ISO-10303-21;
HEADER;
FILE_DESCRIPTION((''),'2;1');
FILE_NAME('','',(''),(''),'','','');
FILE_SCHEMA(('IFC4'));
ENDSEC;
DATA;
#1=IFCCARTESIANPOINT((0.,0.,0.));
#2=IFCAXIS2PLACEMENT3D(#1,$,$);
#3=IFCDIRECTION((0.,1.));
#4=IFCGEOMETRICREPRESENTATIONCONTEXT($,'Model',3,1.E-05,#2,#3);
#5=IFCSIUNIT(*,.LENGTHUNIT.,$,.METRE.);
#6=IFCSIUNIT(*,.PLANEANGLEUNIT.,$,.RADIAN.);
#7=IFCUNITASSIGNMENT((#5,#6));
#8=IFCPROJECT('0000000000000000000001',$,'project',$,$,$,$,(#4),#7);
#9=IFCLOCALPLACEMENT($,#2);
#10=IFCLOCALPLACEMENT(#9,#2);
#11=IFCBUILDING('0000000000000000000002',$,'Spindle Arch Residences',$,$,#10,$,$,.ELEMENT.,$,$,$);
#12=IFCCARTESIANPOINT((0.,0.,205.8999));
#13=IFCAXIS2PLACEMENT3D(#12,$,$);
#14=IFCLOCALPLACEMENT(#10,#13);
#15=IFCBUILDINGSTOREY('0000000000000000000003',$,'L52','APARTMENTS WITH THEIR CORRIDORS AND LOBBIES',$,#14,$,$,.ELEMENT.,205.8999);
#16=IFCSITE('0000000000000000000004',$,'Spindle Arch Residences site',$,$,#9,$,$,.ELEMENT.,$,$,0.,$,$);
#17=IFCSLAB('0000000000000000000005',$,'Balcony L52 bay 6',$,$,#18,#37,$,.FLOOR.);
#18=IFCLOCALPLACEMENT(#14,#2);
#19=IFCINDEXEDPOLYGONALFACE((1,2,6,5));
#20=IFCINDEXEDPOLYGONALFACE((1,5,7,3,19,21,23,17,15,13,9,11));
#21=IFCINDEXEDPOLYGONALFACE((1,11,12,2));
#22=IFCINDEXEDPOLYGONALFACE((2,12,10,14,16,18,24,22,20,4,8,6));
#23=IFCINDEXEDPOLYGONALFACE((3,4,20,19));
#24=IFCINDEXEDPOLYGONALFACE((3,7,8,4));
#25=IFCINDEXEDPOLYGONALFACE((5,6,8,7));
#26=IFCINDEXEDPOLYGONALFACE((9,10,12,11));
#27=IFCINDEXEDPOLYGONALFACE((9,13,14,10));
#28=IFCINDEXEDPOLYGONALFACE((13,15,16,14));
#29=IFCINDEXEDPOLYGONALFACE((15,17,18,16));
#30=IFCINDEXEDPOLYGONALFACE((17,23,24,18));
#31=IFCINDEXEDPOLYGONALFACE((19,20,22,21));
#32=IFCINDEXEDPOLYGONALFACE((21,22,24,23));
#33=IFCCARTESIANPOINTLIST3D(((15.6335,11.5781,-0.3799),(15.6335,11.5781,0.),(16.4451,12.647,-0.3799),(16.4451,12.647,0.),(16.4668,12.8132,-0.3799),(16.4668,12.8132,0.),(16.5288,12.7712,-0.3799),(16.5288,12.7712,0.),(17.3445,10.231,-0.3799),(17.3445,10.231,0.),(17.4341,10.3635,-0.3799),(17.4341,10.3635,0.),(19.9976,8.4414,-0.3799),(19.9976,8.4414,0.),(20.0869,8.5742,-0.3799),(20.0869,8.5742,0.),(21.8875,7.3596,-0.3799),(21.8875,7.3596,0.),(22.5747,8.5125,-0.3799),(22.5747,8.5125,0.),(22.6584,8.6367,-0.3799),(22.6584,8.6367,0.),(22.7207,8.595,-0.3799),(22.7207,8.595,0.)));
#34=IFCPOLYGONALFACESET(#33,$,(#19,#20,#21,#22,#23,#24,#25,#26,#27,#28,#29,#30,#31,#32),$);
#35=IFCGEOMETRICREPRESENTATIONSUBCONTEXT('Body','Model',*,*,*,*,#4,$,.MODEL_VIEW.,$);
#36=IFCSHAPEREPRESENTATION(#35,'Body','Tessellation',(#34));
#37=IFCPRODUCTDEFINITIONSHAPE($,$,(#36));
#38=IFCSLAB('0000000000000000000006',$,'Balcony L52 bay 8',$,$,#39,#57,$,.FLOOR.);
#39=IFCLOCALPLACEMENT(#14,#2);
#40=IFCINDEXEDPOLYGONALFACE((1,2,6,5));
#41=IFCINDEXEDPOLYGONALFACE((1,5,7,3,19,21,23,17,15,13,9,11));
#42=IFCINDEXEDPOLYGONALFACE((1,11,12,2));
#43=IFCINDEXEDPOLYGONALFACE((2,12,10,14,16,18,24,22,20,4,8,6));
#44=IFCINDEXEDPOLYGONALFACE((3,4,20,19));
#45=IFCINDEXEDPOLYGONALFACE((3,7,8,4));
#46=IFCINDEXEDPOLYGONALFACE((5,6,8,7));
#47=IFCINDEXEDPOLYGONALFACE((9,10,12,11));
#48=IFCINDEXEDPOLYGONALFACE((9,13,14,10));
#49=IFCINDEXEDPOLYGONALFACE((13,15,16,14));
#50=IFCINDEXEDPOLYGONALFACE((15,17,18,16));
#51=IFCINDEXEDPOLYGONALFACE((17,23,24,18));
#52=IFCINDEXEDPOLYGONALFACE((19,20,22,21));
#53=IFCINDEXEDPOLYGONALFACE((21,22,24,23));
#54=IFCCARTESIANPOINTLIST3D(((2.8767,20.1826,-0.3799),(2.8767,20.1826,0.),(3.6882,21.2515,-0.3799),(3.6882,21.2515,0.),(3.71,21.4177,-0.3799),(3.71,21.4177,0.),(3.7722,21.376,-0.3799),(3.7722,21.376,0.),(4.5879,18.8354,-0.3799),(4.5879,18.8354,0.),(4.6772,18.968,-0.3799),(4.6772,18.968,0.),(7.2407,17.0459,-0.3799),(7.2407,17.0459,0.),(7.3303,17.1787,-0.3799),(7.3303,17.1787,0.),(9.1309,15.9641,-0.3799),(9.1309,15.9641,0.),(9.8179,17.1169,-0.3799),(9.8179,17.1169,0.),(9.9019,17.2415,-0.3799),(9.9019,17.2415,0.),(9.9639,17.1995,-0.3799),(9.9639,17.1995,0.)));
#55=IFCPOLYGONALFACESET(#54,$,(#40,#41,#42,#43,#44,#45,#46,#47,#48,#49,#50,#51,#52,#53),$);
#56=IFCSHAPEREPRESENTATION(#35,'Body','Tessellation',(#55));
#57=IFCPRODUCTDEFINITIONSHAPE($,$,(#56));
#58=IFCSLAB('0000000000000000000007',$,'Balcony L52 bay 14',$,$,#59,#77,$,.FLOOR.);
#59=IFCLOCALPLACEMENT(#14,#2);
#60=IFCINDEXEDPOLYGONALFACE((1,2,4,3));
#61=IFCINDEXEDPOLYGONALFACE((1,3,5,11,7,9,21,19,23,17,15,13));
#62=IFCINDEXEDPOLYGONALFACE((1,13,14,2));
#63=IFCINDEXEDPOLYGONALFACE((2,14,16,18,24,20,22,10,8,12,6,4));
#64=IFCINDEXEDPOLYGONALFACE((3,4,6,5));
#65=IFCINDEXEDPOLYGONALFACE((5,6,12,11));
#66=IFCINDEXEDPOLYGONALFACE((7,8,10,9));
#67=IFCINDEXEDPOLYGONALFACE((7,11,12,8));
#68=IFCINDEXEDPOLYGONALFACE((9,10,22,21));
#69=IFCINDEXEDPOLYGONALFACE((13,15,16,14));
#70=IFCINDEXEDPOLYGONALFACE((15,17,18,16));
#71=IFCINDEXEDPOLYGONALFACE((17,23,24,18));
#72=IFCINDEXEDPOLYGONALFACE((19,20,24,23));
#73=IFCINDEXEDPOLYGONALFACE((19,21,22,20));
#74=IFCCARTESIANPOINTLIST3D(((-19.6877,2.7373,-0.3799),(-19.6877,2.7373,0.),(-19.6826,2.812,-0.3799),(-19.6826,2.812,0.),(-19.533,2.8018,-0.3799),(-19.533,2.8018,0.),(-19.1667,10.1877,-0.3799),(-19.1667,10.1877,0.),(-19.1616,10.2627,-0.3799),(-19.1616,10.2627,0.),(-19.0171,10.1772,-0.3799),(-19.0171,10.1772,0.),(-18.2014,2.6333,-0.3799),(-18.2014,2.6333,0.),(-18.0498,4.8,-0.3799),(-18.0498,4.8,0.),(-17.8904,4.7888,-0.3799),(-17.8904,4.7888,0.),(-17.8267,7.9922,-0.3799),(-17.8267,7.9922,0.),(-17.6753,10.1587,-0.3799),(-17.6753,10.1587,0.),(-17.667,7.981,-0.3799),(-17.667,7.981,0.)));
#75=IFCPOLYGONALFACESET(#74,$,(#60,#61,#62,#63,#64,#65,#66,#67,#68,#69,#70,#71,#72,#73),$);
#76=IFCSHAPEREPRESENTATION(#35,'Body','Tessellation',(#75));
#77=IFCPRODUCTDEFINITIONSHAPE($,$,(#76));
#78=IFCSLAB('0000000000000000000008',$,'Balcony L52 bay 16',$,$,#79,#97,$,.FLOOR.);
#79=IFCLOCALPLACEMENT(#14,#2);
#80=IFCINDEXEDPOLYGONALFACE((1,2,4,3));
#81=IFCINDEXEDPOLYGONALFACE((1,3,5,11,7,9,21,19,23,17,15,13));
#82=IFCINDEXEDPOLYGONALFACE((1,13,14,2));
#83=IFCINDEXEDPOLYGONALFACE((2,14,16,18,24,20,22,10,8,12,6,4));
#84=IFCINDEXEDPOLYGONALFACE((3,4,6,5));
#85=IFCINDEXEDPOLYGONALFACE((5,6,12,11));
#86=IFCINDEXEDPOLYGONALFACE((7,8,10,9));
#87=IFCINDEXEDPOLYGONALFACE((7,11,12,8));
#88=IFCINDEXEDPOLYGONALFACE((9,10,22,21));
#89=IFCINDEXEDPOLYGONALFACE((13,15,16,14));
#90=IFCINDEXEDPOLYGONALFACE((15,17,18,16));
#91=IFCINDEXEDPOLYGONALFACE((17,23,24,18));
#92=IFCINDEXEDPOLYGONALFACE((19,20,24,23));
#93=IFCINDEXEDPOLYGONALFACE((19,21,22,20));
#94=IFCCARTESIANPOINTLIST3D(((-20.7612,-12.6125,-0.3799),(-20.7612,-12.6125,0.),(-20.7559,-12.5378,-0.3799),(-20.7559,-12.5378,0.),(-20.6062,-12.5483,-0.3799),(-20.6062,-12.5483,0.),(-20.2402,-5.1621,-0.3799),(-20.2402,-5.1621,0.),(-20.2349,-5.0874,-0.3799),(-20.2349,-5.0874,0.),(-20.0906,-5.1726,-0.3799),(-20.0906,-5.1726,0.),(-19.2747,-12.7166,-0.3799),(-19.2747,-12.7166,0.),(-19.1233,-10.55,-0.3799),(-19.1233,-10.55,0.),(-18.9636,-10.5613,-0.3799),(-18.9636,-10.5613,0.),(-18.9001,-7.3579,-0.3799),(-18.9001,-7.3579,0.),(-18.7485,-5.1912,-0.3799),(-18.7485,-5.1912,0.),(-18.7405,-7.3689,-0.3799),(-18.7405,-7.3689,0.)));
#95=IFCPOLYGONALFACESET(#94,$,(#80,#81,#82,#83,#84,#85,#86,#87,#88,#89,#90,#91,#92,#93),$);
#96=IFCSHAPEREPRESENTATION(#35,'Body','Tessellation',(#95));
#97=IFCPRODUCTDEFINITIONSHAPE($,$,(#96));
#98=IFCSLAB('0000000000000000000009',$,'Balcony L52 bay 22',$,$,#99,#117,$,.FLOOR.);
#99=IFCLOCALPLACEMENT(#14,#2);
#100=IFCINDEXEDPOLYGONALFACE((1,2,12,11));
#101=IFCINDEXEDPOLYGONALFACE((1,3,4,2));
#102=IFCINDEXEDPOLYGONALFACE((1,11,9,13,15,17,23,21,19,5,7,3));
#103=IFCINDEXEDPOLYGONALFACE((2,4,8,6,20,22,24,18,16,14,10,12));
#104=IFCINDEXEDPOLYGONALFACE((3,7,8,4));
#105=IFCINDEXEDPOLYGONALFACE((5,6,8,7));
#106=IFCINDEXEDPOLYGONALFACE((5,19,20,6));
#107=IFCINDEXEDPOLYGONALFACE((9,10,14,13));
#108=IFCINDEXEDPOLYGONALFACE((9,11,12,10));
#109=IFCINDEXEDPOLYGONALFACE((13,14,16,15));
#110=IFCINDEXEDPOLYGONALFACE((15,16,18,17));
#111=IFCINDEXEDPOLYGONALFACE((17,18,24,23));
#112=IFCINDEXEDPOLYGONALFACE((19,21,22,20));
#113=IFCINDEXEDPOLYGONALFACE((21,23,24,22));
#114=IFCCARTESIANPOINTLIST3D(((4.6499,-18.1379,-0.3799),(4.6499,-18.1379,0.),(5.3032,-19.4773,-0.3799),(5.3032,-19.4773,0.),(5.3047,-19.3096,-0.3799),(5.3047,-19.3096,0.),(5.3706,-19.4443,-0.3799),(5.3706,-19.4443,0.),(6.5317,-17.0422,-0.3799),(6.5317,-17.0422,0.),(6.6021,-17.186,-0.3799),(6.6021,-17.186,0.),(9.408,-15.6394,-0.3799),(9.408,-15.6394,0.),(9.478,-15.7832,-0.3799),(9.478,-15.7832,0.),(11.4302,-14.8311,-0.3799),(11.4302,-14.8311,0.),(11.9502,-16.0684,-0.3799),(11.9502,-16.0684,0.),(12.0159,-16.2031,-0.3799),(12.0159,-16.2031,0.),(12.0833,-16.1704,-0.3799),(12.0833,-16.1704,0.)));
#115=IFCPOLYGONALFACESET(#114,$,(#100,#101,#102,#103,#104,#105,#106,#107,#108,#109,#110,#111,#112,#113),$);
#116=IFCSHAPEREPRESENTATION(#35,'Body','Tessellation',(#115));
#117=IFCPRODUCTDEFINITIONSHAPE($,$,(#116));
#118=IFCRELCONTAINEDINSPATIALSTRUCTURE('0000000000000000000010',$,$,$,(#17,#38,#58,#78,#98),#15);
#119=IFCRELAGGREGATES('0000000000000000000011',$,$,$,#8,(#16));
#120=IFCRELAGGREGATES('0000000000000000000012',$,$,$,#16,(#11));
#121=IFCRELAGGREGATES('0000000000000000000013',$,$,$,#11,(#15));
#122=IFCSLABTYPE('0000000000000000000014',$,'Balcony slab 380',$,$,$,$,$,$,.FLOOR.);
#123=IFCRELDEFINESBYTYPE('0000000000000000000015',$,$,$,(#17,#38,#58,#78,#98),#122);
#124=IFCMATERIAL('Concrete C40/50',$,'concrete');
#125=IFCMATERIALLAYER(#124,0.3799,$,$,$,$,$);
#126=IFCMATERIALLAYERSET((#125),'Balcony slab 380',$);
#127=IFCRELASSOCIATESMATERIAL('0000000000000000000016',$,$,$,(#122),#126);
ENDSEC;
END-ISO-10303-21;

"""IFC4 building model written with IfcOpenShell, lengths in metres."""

from ifc_helpers import new_model, si_unit, direction, frame, origin, place, context, subcontext, project, spatial, polyline, outline, extrude, material, layer, layer_set, type_object, element, save


model = new_model("IFC4")

# Units and contexts
model_context = context("Model", 3, precision=1e-05, world=origin(), true_north=direction((0.0, 1.0)))
body_context = subcontext(model_context, "Body", "Model", "MODEL_VIEW")
ifc_project = project(units=[si_unit("LENGTHUNIT", "METRE"), si_unit("PLANEANGLEUNIT", "RADIAN")], contexts=[model_context])

# Site, building, storey
site_placement = place(None, origin())
site = spatial("IfcSite", under=ifc_project, at=site_placement, Name="Spindle Arch Residences site", CompositionType="ELEMENT", RefElevation=0.0)
building_placement = place(site_placement, origin())
building = spatial("IfcBuilding", under=site, at=building_placement, Name="Spindle Arch Residences", CompositionType="ELEMENT")
storey_placement = place(building_placement, frame((0.0, 0.0, 205.8999)))
storey = spatial("IfcBuildingStorey", under=building, at=storey_placement, Name="L52", Description="APARTMENTS WITH THEIR CORRIDORS AND LOBBIES", CompositionType="ELEMENT", Elevation=205.8999)

# Slabs
ifc_material_1 = material(Name="Concrete C40/50", Category="concrete")
ifc_layer_1 = layer(ifc_material_1, 0.3799)
ifc_layer_set_1 = layer_set([ifc_layer_1], Name="Balcony slab 380")
slab_type_1 = type_object("IfcSlabType", Name="Balcony slab 380", PredefinedType="FLOOR", material=ifc_layer_set_1)
slab_1_placement = place(storey_placement, frame((0.0, 0.0, -0.3799)))
element("IfcSlab", 1, at=slab_1_placement, inside=storey, type_object=slab_type_1, Name="Balcony L52 bay 6", PredefinedType="FLOOR", context=body_context, shape_type="SweptSolid", body=[
    extrude(outline(polyline([(22.7207, 8.595), (22.6584, 8.6367), (22.5747, 8.5125), (16.4451, 12.647), (16.5288, 12.7712), (16.4668, 12.8132), (15.6335, 11.5781), (17.4341, 10.3635), (17.3445, 10.231), (19.9976, 8.4414), (20.0869, 8.5742), (21.8875, 7.3596), (22.7207, 8.595)])), origin(), (0.0, 0.0, 1.0), 0.3799),
])
slab_2_placement = place(storey_placement, frame((0.0, 0.0, -0.3799)))
element("IfcSlab", 2, at=slab_2_placement, inside=storey, type_object=slab_type_1, Name="Balcony L52 bay 8", PredefinedType="FLOOR", context=body_context, shape_type="SweptSolid", body=[
    extrude(outline(polyline([(9.9639, 17.1995), (9.9019, 17.2415), (9.8179, 17.1169), (3.6882, 21.2515), (3.7722, 21.376), (3.71, 21.4177), (2.8767, 20.1826), (4.6772, 18.968), (4.5879, 18.8354), (7.2407, 17.0459), (7.3303, 17.1787), (9.1309, 15.9641), (9.9639, 17.1995)])), origin(), (0.0, 0.0, 1.0), 0.3799),
])
slab_3_placement = place(storey_placement, frame((0.0, 0.0, -0.3799)))
element("IfcSlab", 3, at=slab_3_placement, inside=storey, type_object=slab_type_1, Name="Balcony L52 bay 14", PredefinedType="FLOOR", context=body_context, shape_type="SweptSolid", body=[
    extrude(outline(polyline([(-19.1616, 10.2627), (-19.1667, 10.1877), (-19.0171, 10.1772), (-19.533, 2.8018), (-19.6826, 2.812), (-19.6877, 2.7373), (-18.2014, 2.6333), (-18.0498, 4.8), (-17.8904, 4.7888), (-17.667, 7.981), (-17.8267, 7.9922), (-17.6753, 10.1587), (-19.1616, 10.2627)])), origin(), (0.0, 0.0, 1.0), 0.3799),
])
slab_4_placement = place(storey_placement, frame((0.0, 0.0, -0.3799)))
element("IfcSlab", 4, at=slab_4_placement, inside=storey, type_object=slab_type_1, Name="Balcony L52 bay 16", PredefinedType="FLOOR", context=body_context, shape_type="SweptSolid", body=[
    extrude(outline(polyline([(-20.2349, -5.0874), (-20.2402, -5.1621), (-20.0906, -5.1726), (-20.6062, -12.5483), (-20.7559, -12.5378), (-20.7612, -12.6125), (-19.2747, -12.7166), (-19.1233, -10.55), (-18.9636, -10.5613), (-18.7405, -7.3689), (-18.9001, -7.3579), (-18.7485, -5.1912), (-20.2349, -5.0874)])), origin(), (0.0, 0.0, 1.0), 0.3799),
])
slab_5_placement = place(storey_placement, frame((0.0, 0.0, -0.3799)))
element("IfcSlab", 5, at=slab_5_placement, inside=storey, type_object=slab_type_1, Name="Balcony L52 bay 22", PredefinedType="FLOOR", context=body_context, shape_type="SweptSolid", body=[
    extrude(outline(polyline([(5.3032, -19.4773), (5.3706, -19.4443), (5.3047, -19.3096), (11.9502, -16.0684), (12.0159, -16.2031), (12.0833, -16.1704), (11.4302, -14.8311), (9.478, -15.7832), (9.408, -15.6394), (6.5317, -17.0422), (6.6021, -17.186), (4.6499, -18.1379), (5.3032, -19.4773)])), origin(), (0.0, 0.0, 1.0), 0.3799),
])

save(model, "model.ifc")
